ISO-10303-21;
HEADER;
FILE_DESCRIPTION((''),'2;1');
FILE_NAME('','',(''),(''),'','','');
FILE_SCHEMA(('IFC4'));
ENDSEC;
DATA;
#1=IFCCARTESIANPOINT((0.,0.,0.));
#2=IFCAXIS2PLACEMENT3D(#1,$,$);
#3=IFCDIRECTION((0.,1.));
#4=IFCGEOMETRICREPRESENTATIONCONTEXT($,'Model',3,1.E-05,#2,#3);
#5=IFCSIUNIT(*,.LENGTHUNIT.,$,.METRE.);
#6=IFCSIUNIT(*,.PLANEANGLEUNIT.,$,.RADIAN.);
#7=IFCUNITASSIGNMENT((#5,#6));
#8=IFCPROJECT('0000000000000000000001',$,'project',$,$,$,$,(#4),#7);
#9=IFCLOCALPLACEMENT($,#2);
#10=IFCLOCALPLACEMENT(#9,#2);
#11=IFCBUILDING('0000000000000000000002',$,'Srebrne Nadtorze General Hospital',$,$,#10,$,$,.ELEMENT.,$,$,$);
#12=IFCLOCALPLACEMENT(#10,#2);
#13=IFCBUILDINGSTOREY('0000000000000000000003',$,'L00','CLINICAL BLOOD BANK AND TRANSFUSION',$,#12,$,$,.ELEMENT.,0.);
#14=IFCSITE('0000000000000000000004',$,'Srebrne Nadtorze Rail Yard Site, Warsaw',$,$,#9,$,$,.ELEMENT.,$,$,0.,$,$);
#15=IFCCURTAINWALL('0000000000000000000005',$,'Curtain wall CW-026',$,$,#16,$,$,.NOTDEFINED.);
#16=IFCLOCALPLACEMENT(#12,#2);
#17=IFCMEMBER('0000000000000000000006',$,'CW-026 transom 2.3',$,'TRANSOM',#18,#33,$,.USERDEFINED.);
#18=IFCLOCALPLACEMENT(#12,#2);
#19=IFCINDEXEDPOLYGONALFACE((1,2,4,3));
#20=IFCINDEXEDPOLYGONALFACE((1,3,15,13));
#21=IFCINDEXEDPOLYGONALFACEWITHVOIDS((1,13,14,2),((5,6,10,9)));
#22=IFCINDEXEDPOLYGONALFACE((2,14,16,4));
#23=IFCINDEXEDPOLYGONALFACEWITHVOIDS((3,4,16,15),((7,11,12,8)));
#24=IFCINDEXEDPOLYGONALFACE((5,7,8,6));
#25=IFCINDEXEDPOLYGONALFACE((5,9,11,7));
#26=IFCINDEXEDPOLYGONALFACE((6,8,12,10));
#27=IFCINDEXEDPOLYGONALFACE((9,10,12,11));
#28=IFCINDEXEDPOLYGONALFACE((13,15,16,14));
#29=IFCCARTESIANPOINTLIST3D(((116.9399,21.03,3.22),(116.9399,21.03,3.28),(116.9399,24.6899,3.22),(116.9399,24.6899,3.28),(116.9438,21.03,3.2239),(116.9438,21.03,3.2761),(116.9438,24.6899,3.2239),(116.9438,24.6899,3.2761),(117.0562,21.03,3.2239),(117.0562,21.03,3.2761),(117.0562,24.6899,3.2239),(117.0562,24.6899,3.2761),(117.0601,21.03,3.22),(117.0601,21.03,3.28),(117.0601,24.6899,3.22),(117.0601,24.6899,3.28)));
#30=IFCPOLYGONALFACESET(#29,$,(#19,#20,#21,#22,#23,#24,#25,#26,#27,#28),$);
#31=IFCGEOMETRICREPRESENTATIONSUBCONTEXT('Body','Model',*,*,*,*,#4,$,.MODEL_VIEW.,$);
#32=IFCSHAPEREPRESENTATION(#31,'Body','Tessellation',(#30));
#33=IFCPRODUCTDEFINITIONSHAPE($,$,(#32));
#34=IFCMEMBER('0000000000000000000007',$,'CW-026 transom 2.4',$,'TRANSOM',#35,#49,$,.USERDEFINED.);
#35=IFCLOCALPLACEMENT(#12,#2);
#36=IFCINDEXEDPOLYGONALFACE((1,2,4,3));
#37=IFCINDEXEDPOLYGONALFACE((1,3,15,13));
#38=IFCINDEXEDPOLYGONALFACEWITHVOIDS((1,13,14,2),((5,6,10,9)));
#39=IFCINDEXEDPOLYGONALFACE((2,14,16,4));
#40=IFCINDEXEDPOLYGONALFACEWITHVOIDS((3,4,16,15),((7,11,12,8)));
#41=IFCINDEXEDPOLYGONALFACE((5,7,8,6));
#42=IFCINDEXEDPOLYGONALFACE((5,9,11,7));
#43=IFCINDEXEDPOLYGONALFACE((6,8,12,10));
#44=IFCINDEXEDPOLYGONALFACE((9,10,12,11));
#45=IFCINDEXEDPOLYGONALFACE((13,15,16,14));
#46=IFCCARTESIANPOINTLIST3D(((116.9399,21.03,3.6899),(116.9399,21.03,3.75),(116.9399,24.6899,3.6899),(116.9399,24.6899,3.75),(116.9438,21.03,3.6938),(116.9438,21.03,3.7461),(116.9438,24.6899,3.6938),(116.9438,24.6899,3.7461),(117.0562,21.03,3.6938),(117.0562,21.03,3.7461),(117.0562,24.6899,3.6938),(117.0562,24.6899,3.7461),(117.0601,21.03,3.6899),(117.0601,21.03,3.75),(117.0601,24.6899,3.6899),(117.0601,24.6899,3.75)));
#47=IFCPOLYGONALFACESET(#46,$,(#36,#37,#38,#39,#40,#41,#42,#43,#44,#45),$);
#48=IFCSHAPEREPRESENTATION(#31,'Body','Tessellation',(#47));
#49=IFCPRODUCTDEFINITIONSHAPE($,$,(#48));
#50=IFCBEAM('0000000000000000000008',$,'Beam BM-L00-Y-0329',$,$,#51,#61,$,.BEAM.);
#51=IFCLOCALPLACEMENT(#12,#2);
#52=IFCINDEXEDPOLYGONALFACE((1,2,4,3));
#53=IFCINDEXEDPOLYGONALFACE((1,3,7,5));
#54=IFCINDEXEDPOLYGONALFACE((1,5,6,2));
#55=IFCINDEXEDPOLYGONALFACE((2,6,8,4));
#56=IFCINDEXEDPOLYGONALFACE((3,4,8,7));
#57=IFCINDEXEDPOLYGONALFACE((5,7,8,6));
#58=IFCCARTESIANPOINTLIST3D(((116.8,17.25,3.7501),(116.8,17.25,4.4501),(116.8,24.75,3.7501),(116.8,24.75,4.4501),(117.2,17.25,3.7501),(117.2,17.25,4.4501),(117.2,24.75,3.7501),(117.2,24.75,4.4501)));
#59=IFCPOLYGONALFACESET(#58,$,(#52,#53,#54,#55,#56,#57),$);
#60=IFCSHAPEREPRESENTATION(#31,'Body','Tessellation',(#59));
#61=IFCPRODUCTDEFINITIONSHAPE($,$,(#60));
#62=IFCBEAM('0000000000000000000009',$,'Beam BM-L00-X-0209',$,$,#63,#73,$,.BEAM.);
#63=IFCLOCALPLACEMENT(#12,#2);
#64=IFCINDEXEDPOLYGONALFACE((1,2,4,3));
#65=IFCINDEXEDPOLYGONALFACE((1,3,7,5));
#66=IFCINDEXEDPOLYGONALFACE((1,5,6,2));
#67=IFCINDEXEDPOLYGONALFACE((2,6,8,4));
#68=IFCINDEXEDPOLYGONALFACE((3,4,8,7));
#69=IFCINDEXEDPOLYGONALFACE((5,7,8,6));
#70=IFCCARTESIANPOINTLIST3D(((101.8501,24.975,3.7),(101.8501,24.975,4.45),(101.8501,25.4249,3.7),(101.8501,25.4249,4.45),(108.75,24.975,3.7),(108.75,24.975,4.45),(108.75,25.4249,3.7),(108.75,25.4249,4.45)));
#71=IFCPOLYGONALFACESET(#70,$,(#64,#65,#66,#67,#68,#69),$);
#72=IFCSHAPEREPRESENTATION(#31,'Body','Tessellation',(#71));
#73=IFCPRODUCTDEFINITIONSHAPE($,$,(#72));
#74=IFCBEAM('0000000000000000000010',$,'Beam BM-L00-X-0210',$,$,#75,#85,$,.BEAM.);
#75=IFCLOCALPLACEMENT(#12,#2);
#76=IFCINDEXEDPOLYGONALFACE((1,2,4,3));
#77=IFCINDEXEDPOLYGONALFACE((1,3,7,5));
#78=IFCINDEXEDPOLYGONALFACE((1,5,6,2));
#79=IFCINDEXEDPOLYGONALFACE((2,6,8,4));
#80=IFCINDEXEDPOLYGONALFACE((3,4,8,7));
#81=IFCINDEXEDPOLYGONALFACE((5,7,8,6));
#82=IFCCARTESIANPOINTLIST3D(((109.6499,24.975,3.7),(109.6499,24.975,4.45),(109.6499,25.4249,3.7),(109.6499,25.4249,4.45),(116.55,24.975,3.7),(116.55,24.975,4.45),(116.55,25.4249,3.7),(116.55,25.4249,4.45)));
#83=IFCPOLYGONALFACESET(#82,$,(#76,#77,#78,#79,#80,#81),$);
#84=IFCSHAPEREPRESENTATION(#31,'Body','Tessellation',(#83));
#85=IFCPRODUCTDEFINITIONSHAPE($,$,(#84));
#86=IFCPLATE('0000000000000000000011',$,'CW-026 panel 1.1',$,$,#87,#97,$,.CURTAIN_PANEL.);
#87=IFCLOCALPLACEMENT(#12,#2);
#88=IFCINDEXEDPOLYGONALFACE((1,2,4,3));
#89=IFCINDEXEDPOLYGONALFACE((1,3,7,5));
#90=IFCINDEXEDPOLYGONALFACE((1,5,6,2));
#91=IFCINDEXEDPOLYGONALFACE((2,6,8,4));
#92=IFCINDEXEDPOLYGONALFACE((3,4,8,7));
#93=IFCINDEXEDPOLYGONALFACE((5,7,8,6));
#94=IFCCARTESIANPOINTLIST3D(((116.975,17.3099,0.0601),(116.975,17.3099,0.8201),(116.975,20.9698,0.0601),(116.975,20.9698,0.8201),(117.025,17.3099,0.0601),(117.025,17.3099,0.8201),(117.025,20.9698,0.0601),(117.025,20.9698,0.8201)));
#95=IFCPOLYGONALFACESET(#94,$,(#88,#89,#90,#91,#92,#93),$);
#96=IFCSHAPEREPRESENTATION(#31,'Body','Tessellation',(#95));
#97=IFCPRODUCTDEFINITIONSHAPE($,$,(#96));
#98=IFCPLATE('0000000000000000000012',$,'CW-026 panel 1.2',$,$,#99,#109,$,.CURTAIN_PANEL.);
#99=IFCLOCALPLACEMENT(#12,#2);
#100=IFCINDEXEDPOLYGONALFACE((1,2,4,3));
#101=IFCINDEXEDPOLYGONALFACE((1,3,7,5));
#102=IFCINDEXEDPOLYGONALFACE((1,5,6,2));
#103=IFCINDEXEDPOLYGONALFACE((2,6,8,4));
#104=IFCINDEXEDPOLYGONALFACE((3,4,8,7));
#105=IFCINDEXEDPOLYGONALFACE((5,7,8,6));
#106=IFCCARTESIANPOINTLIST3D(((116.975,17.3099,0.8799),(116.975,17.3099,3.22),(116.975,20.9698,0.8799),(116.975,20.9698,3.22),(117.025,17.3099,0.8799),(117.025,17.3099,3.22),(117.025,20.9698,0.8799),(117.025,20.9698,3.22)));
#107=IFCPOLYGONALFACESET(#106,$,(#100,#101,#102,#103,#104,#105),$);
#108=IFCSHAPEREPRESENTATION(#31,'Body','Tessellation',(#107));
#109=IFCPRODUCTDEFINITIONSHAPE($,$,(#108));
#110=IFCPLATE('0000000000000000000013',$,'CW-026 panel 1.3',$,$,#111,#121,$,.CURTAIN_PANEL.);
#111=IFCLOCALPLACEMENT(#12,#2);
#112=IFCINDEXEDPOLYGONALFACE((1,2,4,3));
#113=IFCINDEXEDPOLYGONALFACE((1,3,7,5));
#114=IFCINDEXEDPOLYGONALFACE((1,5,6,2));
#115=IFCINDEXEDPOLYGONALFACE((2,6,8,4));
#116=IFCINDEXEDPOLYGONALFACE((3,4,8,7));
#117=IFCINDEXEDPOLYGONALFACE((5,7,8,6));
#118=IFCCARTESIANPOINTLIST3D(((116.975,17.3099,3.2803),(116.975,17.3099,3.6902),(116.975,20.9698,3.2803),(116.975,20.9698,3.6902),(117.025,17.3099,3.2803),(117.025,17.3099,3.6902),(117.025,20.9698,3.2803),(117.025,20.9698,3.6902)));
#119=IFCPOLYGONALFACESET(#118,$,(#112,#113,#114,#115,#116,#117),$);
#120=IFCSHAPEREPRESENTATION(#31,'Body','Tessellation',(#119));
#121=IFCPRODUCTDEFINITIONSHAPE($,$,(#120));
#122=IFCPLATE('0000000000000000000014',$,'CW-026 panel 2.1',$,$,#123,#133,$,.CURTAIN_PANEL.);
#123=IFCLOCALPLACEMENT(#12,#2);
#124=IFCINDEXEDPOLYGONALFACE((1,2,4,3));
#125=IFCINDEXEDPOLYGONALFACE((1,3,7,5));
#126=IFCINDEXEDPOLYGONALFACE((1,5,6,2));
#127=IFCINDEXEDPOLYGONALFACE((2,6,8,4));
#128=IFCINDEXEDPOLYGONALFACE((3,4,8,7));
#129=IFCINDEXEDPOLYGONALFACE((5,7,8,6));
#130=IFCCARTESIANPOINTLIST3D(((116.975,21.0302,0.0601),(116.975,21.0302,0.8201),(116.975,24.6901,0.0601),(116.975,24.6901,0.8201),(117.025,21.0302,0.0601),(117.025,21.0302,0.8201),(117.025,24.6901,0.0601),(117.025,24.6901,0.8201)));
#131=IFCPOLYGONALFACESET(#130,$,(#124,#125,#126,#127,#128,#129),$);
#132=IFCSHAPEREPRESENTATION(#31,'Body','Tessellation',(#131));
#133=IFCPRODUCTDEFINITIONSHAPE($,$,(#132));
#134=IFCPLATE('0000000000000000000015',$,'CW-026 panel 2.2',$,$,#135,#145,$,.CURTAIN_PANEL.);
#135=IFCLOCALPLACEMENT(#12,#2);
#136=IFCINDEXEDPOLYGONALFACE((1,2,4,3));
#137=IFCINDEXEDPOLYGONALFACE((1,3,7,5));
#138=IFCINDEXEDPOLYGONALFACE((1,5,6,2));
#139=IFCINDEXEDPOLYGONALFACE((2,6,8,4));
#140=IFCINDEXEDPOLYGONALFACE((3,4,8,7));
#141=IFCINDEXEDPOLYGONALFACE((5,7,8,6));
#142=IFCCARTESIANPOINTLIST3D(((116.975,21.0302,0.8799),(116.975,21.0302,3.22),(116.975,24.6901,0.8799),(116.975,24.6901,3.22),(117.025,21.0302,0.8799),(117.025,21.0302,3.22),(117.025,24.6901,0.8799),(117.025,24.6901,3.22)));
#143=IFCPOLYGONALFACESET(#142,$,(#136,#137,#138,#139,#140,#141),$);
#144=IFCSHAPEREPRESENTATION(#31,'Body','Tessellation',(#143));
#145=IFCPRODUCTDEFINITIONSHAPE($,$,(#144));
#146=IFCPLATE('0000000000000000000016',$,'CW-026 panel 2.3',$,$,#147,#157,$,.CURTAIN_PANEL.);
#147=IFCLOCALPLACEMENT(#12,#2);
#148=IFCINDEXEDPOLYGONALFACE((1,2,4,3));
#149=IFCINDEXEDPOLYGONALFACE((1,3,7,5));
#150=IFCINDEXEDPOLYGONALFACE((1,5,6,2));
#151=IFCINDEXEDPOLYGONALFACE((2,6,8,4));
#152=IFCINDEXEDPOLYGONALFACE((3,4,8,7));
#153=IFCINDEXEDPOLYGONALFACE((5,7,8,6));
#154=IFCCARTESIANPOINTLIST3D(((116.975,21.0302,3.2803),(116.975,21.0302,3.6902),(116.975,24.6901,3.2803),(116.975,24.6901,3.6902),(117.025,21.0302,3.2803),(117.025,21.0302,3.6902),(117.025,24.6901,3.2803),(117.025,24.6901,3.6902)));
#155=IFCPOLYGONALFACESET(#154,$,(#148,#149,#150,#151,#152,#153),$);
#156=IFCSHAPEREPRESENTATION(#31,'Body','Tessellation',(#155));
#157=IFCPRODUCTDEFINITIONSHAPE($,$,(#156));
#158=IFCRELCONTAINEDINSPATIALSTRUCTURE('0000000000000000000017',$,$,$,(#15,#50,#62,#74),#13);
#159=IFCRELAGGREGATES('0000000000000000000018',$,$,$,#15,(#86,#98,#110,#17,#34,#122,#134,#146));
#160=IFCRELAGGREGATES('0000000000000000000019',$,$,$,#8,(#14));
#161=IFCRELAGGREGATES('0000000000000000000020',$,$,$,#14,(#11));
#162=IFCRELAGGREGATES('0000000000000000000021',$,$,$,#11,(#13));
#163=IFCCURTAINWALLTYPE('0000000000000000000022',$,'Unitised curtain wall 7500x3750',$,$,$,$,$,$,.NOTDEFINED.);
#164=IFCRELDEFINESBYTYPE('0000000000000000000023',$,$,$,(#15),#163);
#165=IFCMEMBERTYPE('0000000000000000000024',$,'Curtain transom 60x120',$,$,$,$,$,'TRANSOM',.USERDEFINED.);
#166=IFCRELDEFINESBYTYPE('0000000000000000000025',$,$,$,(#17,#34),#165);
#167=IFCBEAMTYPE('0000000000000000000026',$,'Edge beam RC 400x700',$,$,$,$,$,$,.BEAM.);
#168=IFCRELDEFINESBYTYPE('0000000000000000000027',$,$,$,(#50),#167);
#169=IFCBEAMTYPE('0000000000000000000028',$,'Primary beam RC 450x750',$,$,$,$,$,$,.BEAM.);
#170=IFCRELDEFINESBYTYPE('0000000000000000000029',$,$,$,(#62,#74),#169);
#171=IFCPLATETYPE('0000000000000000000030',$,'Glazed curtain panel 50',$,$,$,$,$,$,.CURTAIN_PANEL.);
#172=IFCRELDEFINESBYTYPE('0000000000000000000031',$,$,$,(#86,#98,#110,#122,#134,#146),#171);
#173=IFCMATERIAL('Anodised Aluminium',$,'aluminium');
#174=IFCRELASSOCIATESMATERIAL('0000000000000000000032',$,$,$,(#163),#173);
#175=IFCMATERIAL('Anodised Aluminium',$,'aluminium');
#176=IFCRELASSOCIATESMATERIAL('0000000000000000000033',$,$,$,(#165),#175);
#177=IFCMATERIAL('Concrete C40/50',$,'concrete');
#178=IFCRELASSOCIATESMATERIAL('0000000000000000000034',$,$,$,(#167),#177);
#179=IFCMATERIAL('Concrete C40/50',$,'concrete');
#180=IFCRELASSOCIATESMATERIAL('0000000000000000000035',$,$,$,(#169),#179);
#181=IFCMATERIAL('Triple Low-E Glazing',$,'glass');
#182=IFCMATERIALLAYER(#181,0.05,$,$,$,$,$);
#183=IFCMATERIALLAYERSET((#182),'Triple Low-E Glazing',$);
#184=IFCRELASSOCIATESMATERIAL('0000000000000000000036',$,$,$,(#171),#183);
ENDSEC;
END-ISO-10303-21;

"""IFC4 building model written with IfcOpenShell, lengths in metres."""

from ifc_helpers import new_model, si_unit, direction, frame, origin, origin_2d, place, context, subcontext, project, spatial, rectangle, hollow_rectangle, extrude, material, layer, layer_set, material_profile, profile_set, type_object, element, aggregate, save


model = new_model("IFC4")

# Units and contexts
model_context = context("Model", 3, precision=1e-05, world=origin(), true_north=direction((0.0, 1.0)))
body_context = subcontext(model_context, "Body", "Model", "MODEL_VIEW")
ifc_project = project(units=[si_unit("LENGTHUNIT", "METRE"), si_unit("PLANEANGLEUNIT", "RADIAN")], contexts=[model_context])

# Site, building, storey
site_placement = place(None, origin())
site = spatial("IfcSite", under=ifc_project, at=site_placement, Name="Srebrne Nadtorze Rail Yard Site, Warsaw", CompositionType="ELEMENT", RefElevation=0.0)
building_placement = place(site_placement, origin())
building = spatial("IfcBuilding", under=site, at=building_placement, Name="Srebrne Nadtorze General Hospital", CompositionType="ELEMENT")
storey_placement = place(building_placement, origin())
storey = spatial("IfcBuildingStorey", under=building, at=storey_placement, Name="L00", Description="CLINICAL BLOOD BANK AND TRANSFUSION", CompositionType="ELEMENT", Elevation=0.0)

# Curtain wall, members
ifc_material_1 = material(Name="Anodised Aluminium", Category="aluminium")
curtain_wall_type = type_object("IfcCurtainWallType", Name="Unitised curtain wall 7500x3750", PredefinedType="NOTDEFINED", material=ifc_material_1)
curtain_wall_placement = place(storey_placement, origin())
curtain_wall = element("IfcCurtainWall", 1, at=curtain_wall_placement, inside=storey, type_object=curtain_wall_type, Name="Curtain wall CW-026", PredefinedType="NOTDEFINED")
ifc_material_2 = material(Name="Anodised Aluminium", Category="aluminium")
ifc_material_profile_1 = material_profile(ifc_material_2, hollow_rectangle(XDim=0.0601, YDim=0.1201, WallThickness=0.0039, at=origin_2d()), Name="AL-TRN-60x120")
ifc_profile_set_1 = profile_set([ifc_material_profile_1], Name="Anodised Aluminium")
member_type_1 = type_object("IfcMemberType", Name="Curtain transom 60x120", ElementType="TRANSOM", PredefinedType="USERDEFINED", material=ifc_profile_set_1)
member_1_placement = place(storey_placement, frame((117.0, 21.03, 3.25), z_axis=(0.0, 1.0, 0.0), x_axis=(0.0, 0.0, 1.0)))
member_1 = element("IfcMember", 2, at=member_1_placement, type_object=member_type_1, Name="CW-026 transom 2.3", ObjectType="TRANSOM", PredefinedType="USERDEFINED", context=body_context, shape_type="SweptSolid", body=[
    extrude(hollow_rectangle(XDim=0.0601, YDim=0.1201, WallThickness=0.0039, at=origin_2d()), origin(), (0.0, 0.0, 1.0), 3.6599),
])
member_2_placement = place(storey_placement, frame((117.0, 21.03, 3.72), z_axis=(0.0, 1.0, 0.0), x_axis=(0.0, 0.0, 1.0)))
member_2 = element("IfcMember", 3, at=member_2_placement, type_object=member_type_1, Name="CW-026 transom 2.4", ObjectType="TRANSOM", PredefinedType="USERDEFINED", context=body_context, shape_type="SweptSolid", body=[
    extrude(hollow_rectangle(XDim=0.0601, YDim=0.1201, WallThickness=0.0039, at=origin_2d()), origin(), (0.0, 0.0, 1.0), 3.6599),
])

# Beams
ifc_material_3 = material(Name="Concrete C40/50", Category="concrete")
ifc_material_profile_2 = material_profile(ifc_material_3, rectangle(XDim=0.3999, YDim=0.7, at=origin_2d()), Name="RC-BM-400x700")
ifc_profile_set_2 = profile_set([ifc_material_profile_2], Name="Concrete C40/50")
beam_type_1 = type_object("IfcBeamType", Name="Edge beam RC 400x700", PredefinedType="BEAM", material=ifc_profile_set_2)
beam_1_placement = place(storey_placement, frame((117.0, 17.25, 4.1001), z_axis=(0.0, 1.0, 0.0), x_axis=(-1.0, 0.0, 0.0)))
element("IfcBeam", 4, at=beam_1_placement, inside=storey, type_object=beam_type_1, Name="Beam BM-L00-Y-0329", PredefinedType="BEAM", context=body_context, shape_type="SweptSolid", body=[
    extrude(rectangle(XDim=0.3999, YDim=0.7, at=origin_2d()), origin(), (0.0, 0.0, 1.0), 7.5),
])
ifc_material_4 = material(Name="Concrete C40/50", Category="concrete")
ifc_material_profile_3 = material_profile(ifc_material_4, rectangle(XDim=0.45, YDim=0.75, at=origin_2d()), Name="RC-BM-450x750")
ifc_profile_set_3 = profile_set([ifc_material_profile_3], Name="Concrete C40/50")
beam_type_2 = type_object("IfcBeamType", Name="Primary beam RC 450x750", PredefinedType="BEAM", material=ifc_profile_set_3)
beam_2_placement = place(storey_placement, frame((101.8501, 25.2, 4.075), z_axis=(1.0, 0.0, 0.0), x_axis=(0.0, 1.0, 0.0)))
element("IfcBeam", 5, at=beam_2_placement, inside=storey, type_object=beam_type_2, Name="Beam BM-L00-X-0209", PredefinedType="BEAM", context=body_context, shape_type="SweptSolid", body=[
    extrude(rectangle(XDim=0.45, YDim=0.75, at=origin_2d()), origin(), (0.0, 0.0, 1.0), 6.8999),
])
beam_3_placement = place(storey_placement, frame((109.6499, 25.2, 4.075), z_axis=(1.0, 0.0, 0.0), x_axis=(0.0, 1.0, 0.0)))
element("IfcBeam", 6, at=beam_3_placement, inside=storey, type_object=beam_type_2, Name="Beam BM-L00-X-0210", PredefinedType="BEAM", context=body_context, shape_type="SweptSolid", body=[
    extrude(rectangle(XDim=0.45, YDim=0.75, at=origin_2d()), origin(), (0.0, 0.0, 1.0), 6.9001),
])

# Plates
ifc_material_5 = material(Name="Triple Low-E Glazing", Category="glass")
ifc_layer_1 = layer(ifc_material_5, 0.05)
ifc_layer_set_1 = layer_set([ifc_layer_1], Name="Triple Low-E Glazing")
plate_type = type_object("IfcPlateType", Name="Glazed curtain panel 50", PredefinedType="CURTAIN_PANEL", material=ifc_layer_set_1)
plate_1_placement = place(storey_placement, frame((117.0, 19.1399, 0.0601), z_axis=(0.0, 0.0, 1.0), x_axis=(0.0, 1.0, 0.0)))
plate_1 = element("IfcPlate", 7, at=plate_1_placement, type_object=plate_type, Name="CW-026 panel 1.1", PredefinedType="CURTAIN_PANEL", context=body_context, shape_type="SweptSolid", body=[
    extrude(rectangle(XDim=3.6599, YDim=0.05, at=origin_2d()), origin(), (0.0, 0.0, 1.0), 0.76),
])
plate_2_placement = place(storey_placement, frame((117.0, 19.1399, 0.8799), z_axis=(0.0, 0.0, 1.0), x_axis=(0.0, 1.0, 0.0)))
plate_2 = element("IfcPlate", 8, at=plate_2_placement, type_object=plate_type, Name="CW-026 panel 1.2", PredefinedType="CURTAIN_PANEL", context=body_context, shape_type="SweptSolid", body=[
    extrude(rectangle(XDim=3.6599, YDim=0.05, at=origin_2d()), origin(), (0.0, 0.0, 1.0), 2.3401),
])
plate_3_placement = place(storey_placement, frame((117.0, 19.1399, 3.2803), z_axis=(0.0, 0.0, 1.0), x_axis=(0.0, 1.0, 0.0)))
plate_3 = element("IfcPlate", 9, at=plate_3_placement, type_object=plate_type, Name="CW-026 panel 1.3", PredefinedType="CURTAIN_PANEL", context=body_context, shape_type="SweptSolid", body=[
    extrude(rectangle(XDim=3.6599, YDim=0.05, at=origin_2d()), origin(), (0.0, 0.0, 1.0), 0.4099),
])
plate_4_placement = place(storey_placement, frame((117.0, 22.8601, 0.0601), z_axis=(0.0, 0.0, 1.0), x_axis=(0.0, 1.0, 0.0)))
plate_4 = element("IfcPlate", 10, at=plate_4_placement, type_object=plate_type, Name="CW-026 panel 2.1", PredefinedType="CURTAIN_PANEL", context=body_context, shape_type="SweptSolid", body=[
    extrude(rectangle(XDim=3.6599, YDim=0.05, at=origin_2d()), origin(), (0.0, 0.0, 1.0), 0.76),
])
plate_5_placement = place(storey_placement, frame((117.0, 22.8601, 0.8799), z_axis=(0.0, 0.0, 1.0), x_axis=(0.0, 1.0, 0.0)))
plate_5 = element("IfcPlate", 11, at=plate_5_placement, type_object=plate_type, Name="CW-026 panel 2.2", PredefinedType="CURTAIN_PANEL", context=body_context, shape_type="SweptSolid", body=[
    extrude(rectangle(XDim=3.6599, YDim=0.05, at=origin_2d()), origin(), (0.0, 0.0, 1.0), 2.3401),
])
plate_6_placement = place(storey_placement, frame((117.0, 22.8601, 3.2803), z_axis=(0.0, 0.0, 1.0), x_axis=(0.0, 1.0, 0.0)))
plate_6 = element("IfcPlate", 12, at=plate_6_placement, type_object=plate_type, Name="CW-026 panel 2.3", PredefinedType="CURTAIN_PANEL", context=body_context, shape_type="SweptSolid", body=[
    extrude(rectangle(XDim=3.6599, YDim=0.05, at=origin_2d()), origin(), (0.0, 0.0, 1.0), 0.4099),
])
aggregate(curtain_wall, [plate_1, plate_2, plate_3, member_1, member_2, plate_4, plate_5, plate_6])

save(model, "model.ifc")
